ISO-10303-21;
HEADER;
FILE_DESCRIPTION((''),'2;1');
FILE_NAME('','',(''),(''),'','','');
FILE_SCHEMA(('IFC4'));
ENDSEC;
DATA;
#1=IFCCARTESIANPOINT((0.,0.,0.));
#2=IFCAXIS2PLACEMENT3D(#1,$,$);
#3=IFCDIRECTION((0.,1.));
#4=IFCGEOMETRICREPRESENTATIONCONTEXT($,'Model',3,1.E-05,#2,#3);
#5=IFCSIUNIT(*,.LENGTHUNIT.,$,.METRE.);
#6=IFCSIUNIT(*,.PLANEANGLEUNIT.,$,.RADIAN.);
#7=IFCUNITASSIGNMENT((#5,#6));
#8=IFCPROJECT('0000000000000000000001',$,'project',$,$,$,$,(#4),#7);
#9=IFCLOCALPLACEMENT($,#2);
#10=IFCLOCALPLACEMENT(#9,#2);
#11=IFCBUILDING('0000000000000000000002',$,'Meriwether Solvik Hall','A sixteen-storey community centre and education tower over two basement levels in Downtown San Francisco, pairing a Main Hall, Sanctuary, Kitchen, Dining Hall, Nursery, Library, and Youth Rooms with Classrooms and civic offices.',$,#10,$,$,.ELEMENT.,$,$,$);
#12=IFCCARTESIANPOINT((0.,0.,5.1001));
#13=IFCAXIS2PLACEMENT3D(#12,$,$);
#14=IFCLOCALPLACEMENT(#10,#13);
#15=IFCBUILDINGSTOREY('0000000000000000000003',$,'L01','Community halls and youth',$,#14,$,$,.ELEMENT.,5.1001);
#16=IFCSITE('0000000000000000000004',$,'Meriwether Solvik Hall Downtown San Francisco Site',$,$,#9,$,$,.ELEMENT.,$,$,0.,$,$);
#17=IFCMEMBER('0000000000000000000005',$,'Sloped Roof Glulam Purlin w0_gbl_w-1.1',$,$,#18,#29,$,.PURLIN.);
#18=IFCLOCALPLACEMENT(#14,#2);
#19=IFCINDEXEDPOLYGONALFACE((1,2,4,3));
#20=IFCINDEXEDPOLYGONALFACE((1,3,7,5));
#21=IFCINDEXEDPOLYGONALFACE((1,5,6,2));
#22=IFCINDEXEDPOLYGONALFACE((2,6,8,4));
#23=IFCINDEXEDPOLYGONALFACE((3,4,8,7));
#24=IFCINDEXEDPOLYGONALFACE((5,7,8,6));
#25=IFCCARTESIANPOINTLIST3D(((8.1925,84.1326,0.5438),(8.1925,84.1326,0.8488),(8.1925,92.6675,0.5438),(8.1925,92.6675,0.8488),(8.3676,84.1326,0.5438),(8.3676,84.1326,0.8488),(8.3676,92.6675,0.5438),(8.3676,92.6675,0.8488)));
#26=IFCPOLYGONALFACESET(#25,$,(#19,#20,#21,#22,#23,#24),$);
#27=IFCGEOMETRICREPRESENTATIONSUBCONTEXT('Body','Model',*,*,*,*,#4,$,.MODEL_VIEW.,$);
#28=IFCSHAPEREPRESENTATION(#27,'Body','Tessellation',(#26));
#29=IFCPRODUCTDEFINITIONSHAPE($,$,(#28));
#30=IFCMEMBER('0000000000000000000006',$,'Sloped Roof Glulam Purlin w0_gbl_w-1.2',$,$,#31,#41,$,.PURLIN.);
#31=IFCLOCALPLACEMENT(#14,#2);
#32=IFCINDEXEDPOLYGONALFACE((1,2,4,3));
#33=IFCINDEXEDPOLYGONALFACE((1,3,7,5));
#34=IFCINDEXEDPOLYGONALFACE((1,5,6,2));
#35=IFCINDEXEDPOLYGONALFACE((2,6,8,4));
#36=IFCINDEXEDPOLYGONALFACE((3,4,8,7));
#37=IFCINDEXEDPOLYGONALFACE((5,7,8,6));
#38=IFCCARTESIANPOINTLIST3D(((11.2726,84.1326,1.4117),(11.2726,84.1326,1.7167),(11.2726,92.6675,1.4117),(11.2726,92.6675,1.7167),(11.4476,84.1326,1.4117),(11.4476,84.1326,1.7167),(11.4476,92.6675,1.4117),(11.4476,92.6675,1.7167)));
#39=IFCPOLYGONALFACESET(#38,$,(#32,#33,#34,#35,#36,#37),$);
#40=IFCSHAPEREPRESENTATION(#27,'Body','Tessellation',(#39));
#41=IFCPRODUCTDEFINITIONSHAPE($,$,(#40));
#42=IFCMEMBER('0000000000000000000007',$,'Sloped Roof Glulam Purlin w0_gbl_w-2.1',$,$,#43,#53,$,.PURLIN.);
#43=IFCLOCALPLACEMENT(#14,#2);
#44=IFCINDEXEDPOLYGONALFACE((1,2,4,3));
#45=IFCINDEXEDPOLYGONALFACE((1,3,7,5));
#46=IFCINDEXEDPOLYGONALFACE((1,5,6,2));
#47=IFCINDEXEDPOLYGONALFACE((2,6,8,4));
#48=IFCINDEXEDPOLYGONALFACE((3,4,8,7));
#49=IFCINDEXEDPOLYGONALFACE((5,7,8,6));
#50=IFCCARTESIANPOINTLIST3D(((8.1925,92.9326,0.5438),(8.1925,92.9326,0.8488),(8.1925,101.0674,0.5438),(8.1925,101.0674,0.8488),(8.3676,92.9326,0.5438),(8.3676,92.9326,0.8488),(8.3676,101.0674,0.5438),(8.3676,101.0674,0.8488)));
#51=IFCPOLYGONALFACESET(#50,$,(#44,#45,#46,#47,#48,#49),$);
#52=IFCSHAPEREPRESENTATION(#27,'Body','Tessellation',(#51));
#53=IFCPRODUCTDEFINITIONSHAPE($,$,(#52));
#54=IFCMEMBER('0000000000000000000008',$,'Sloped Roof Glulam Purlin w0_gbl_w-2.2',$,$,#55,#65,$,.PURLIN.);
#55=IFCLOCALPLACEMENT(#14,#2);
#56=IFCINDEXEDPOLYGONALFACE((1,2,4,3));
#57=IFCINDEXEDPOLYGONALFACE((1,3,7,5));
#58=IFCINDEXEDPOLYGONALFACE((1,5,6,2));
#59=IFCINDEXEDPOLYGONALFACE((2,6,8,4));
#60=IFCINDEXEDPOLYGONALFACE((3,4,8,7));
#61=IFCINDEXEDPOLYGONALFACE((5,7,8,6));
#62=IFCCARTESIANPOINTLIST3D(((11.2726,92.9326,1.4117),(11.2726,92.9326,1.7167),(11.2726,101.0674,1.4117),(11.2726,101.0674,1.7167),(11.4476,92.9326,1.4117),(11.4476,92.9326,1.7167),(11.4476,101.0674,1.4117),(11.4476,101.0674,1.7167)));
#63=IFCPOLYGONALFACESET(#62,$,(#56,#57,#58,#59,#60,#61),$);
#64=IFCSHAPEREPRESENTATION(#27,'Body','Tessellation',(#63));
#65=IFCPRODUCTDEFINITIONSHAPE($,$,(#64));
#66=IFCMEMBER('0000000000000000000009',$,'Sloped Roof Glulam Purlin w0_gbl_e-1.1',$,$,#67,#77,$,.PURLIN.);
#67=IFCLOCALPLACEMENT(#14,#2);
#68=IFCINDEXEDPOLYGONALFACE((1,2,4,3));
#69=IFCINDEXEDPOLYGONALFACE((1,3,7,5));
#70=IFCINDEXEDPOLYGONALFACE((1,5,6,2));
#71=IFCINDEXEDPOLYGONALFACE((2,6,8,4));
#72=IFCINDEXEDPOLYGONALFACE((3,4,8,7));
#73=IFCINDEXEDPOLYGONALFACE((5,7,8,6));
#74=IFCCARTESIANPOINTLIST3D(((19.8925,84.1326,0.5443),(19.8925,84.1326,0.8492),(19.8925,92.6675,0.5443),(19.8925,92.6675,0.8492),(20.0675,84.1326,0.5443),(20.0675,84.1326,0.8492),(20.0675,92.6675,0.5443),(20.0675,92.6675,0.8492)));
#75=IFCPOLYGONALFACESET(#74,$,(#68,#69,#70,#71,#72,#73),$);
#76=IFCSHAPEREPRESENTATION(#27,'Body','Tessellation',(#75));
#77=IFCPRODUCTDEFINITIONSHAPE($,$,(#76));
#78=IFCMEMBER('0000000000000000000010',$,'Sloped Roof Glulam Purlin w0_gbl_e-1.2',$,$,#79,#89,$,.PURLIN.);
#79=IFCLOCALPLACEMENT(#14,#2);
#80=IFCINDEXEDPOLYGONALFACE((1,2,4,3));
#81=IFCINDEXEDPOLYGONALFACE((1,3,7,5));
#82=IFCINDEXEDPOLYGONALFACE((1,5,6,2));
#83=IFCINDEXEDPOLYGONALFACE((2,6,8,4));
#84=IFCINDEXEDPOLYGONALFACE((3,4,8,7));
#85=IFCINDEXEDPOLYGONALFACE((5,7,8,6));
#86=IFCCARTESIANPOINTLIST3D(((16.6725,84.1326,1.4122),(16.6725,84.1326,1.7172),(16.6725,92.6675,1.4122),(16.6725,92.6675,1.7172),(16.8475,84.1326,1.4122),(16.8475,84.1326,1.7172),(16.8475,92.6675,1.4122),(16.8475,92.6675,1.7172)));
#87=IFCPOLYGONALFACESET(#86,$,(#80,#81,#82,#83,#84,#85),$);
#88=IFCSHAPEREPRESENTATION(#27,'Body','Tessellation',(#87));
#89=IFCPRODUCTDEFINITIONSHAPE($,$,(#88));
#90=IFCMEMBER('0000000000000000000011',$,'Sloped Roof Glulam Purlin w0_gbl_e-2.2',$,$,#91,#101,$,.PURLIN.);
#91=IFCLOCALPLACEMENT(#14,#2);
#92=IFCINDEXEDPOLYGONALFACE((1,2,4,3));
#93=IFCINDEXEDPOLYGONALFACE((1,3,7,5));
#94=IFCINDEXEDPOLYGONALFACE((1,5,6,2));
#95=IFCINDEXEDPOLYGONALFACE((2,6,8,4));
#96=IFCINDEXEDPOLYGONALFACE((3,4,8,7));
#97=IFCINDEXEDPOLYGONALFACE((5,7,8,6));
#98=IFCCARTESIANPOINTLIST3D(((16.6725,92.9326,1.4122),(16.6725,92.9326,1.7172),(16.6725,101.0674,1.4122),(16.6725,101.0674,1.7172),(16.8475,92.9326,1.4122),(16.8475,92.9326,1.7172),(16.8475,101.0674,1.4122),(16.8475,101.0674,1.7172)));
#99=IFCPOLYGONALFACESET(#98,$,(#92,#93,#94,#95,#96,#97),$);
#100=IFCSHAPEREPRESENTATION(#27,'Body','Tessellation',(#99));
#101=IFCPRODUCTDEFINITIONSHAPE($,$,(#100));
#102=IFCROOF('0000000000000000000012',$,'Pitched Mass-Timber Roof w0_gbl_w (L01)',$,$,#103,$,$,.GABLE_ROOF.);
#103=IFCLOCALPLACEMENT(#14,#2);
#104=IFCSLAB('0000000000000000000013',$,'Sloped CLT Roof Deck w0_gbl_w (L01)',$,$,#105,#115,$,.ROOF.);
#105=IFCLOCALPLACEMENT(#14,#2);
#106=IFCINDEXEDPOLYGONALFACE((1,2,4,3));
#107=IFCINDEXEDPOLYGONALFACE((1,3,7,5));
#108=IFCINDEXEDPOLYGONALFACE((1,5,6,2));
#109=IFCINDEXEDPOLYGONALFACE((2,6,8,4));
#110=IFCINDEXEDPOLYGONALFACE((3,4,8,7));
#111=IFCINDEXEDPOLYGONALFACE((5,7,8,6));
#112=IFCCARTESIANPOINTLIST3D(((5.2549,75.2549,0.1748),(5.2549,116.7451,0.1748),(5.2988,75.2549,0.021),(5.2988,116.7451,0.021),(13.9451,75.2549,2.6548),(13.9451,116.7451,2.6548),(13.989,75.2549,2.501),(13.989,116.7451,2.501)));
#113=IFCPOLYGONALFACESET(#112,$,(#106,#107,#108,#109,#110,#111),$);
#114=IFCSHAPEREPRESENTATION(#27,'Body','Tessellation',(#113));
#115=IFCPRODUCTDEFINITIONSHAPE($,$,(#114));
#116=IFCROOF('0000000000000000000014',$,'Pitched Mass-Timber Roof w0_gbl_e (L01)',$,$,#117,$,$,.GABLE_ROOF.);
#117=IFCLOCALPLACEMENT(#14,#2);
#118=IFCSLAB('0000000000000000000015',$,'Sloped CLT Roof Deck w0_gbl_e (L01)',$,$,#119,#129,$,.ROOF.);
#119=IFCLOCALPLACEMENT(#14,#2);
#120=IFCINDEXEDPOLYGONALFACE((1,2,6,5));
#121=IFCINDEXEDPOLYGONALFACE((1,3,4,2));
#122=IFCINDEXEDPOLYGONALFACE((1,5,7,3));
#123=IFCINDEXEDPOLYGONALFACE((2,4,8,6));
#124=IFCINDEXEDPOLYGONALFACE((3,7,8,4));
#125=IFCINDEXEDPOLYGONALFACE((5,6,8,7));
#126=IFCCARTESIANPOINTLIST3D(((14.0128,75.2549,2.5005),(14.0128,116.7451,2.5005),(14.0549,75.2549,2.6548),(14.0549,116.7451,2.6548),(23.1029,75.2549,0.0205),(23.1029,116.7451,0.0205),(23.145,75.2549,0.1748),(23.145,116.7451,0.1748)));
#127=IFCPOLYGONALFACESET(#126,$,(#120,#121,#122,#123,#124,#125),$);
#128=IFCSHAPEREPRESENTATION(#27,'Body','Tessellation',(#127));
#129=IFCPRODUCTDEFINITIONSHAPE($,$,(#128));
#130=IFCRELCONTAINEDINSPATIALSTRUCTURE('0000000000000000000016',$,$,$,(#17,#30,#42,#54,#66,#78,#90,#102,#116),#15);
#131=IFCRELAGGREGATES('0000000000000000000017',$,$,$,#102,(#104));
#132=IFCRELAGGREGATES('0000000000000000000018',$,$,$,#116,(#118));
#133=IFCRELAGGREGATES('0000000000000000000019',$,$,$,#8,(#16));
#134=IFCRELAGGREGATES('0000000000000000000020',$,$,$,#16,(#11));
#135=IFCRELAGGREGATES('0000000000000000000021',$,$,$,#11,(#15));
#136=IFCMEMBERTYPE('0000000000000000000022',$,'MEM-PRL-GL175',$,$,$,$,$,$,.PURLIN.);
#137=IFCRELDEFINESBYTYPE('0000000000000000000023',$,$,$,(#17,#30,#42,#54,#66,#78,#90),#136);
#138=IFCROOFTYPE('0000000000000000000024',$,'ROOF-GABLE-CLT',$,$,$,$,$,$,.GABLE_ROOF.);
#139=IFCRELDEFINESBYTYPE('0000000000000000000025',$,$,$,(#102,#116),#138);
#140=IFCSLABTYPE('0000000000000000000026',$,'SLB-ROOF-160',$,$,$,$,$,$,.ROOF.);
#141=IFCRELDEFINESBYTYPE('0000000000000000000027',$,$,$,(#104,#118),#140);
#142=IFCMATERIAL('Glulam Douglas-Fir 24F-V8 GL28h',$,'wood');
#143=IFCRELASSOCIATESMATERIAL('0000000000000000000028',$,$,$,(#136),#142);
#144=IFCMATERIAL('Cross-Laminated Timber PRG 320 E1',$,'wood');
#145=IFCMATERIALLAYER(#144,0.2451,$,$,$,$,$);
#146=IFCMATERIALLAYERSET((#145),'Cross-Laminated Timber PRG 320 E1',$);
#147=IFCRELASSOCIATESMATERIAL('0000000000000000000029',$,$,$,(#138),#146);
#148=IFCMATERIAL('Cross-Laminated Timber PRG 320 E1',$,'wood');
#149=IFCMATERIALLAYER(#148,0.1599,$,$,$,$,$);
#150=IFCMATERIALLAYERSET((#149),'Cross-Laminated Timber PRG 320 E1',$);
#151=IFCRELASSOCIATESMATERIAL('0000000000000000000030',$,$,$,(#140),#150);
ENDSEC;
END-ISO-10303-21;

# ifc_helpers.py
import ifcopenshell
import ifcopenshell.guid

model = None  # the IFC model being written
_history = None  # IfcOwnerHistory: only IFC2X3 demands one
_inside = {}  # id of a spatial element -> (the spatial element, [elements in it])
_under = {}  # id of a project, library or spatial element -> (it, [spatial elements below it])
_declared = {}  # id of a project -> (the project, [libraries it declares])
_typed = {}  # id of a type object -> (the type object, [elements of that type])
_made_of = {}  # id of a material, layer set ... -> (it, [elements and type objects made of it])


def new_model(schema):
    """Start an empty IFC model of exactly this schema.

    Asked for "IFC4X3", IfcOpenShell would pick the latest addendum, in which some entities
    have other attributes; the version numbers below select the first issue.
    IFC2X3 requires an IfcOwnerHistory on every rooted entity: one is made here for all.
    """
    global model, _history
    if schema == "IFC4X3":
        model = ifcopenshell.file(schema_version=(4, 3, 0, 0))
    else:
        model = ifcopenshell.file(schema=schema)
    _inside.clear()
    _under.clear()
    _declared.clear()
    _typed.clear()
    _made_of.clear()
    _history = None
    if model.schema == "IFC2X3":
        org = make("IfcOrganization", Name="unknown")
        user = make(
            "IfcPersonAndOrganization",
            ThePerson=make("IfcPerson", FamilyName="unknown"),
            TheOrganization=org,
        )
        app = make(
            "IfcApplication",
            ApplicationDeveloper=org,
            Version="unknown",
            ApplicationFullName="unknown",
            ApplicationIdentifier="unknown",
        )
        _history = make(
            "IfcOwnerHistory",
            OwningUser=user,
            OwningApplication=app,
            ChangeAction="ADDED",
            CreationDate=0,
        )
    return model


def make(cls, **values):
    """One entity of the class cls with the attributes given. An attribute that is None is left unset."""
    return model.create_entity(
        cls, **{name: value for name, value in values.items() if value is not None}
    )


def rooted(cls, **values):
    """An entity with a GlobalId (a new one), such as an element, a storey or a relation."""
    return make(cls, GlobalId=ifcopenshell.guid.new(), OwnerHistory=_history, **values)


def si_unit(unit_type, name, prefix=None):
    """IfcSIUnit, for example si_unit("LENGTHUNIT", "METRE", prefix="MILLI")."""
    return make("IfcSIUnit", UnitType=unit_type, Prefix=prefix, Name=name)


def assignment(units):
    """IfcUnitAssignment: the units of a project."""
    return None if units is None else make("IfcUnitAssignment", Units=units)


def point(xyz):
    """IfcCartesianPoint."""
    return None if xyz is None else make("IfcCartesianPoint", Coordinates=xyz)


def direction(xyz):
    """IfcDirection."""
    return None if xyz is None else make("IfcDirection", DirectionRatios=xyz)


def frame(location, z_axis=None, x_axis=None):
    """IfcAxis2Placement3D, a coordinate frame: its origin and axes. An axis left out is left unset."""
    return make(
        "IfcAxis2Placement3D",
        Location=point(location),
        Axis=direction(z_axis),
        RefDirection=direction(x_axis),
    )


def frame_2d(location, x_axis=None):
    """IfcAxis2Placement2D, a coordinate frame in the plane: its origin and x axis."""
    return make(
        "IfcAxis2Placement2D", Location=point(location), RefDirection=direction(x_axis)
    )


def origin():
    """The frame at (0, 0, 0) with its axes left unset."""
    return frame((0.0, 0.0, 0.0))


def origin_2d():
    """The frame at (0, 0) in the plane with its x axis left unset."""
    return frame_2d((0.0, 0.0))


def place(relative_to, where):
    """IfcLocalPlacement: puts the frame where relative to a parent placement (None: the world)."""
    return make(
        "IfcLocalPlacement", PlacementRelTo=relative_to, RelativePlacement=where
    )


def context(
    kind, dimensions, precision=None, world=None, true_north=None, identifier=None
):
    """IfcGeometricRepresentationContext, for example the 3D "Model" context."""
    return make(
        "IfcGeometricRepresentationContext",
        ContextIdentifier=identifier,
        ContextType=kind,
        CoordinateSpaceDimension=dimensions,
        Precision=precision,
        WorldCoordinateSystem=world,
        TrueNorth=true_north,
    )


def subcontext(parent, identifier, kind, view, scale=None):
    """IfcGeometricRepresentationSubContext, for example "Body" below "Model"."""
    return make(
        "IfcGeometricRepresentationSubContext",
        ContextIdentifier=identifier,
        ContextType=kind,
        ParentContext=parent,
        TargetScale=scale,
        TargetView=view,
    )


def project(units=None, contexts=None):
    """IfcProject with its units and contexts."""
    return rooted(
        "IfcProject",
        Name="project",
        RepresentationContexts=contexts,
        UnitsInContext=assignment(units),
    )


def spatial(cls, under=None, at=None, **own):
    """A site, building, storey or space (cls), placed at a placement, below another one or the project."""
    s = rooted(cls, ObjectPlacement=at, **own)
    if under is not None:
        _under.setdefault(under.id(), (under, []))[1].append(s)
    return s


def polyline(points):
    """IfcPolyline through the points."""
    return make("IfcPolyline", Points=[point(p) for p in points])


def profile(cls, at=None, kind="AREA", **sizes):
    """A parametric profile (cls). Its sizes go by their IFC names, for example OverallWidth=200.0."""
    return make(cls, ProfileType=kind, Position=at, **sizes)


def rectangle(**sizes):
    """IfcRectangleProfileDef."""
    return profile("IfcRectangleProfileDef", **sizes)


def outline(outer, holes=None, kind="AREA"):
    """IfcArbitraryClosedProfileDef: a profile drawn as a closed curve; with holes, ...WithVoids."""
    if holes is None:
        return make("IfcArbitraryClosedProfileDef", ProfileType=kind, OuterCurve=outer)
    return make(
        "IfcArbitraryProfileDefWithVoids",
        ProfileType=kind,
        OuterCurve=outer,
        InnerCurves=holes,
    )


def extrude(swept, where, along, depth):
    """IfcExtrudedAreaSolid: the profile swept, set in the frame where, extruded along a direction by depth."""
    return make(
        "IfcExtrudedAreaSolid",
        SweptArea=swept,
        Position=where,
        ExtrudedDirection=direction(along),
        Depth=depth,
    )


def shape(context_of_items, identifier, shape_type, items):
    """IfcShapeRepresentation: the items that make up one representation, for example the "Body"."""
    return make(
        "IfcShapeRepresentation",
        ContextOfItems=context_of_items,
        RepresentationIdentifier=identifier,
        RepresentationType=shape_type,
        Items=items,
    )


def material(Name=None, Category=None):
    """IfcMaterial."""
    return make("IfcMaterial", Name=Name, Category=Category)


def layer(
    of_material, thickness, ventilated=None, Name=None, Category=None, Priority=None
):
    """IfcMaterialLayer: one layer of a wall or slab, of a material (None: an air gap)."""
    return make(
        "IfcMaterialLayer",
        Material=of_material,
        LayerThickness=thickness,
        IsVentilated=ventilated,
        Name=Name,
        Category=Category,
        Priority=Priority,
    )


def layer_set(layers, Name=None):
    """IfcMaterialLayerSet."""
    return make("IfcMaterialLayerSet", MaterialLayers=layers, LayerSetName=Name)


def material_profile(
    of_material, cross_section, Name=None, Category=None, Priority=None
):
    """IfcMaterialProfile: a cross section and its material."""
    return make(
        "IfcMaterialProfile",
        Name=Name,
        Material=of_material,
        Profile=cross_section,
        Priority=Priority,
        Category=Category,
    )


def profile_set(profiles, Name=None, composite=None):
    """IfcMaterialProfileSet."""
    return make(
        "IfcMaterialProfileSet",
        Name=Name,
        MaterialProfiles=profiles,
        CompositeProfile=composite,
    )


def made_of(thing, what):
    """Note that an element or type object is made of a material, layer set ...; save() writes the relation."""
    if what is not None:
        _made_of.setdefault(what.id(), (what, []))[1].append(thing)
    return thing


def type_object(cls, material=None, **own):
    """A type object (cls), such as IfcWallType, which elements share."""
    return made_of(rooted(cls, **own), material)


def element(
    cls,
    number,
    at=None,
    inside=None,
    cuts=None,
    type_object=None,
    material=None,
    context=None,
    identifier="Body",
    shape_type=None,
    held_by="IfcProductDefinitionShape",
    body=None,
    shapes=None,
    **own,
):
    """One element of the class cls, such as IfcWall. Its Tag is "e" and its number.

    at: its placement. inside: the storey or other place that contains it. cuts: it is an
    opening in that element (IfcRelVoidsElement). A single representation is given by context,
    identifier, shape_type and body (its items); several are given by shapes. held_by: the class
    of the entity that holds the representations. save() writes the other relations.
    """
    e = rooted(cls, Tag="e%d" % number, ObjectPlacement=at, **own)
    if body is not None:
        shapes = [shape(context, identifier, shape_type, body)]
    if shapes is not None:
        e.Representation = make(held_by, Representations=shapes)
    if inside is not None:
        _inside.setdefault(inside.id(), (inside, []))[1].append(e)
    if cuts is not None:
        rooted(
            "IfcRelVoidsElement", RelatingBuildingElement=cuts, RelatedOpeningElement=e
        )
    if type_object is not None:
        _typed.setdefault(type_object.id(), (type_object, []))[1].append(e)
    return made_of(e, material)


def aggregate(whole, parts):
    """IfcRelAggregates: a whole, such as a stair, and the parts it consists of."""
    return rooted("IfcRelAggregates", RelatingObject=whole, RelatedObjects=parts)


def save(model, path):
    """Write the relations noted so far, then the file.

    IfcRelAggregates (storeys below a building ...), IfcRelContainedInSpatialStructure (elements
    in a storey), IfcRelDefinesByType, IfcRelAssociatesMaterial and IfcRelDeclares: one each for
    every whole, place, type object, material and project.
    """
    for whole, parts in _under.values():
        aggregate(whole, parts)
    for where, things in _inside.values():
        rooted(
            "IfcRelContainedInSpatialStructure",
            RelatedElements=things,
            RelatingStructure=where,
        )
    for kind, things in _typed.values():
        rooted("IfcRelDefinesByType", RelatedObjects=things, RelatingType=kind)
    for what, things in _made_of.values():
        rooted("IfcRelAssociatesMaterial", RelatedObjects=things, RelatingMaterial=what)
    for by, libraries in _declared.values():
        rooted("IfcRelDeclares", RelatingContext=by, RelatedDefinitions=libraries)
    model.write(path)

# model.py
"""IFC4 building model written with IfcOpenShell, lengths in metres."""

from ifc_helpers import new_model, si_unit, direction, frame, origin, origin_2d, place, context, subcontext, project, spatial, polyline, rectangle, outline, extrude, material, layer, layer_set, material_profile, profile_set, type_object, element, aggregate, save


model = new_model("IFC4")

# Units and contexts
model_context = context("Model", 3, precision=1e-05, world=origin(), true_north=direction((0.0, 1.0)))
body_context = subcontext(model_context, "Body", "Model", "MODEL_VIEW")
ifc_project = project(units=[si_unit("LENGTHUNIT", "METRE"), si_unit("PLANEANGLEUNIT", "RADIAN")], contexts=[model_context])

# Site, building, storey
site_placement = place(None, origin())
site = spatial("IfcSite", under=ifc_project, at=site_placement, Name="Meriwether Solvik Hall Downtown San Francisco Site", CompositionType="ELEMENT", RefElevation=0.0)
building_placement = place(site_placement, origin())
building = spatial("IfcBuilding", under=site, at=building_placement, Name="Meriwether Solvik Hall", Description="A sixteen-storey community centre and education tower over two basement levels in Downtown San Francisco, pairing a Main Hall, Sanctuary, Kitchen, Dining Hall, Nursery, Library, and Youth Rooms with Classrooms and civic offices.", CompositionType="ELEMENT")
storey_placement = place(building_placement, frame((0.0, 0.0, 5.1001)))
storey = spatial("IfcBuildingStorey", under=building, at=storey_placement, Name="L01", Description="Community halls and youth", CompositionType="ELEMENT", Elevation=5.1001)

# Members
ifc_material_1 = material(Name="Glulam Douglas-Fir 24F-V8 GL28h", Category="wood")
ifc_material_profile_1 = material_profile(ifc_material_1, rectangle(XDim=0.175, YDim=0.3049, at=origin_2d()), Name="GLM-175X305")
ifc_profile_set_1 = profile_set([ifc_material_profile_1], Name="Glulam Douglas-Fir 24F-V8 GL28h")
member_type_1 = type_object("IfcMemberType", Name="MEM-PRL-GL175", PredefinedType="PURLIN", material=ifc_profile_set_1)
for number, where, z_axis, x_axis, name in (
    (1, (8.28, 84.1326, 0.6963), (0.0, 1.0, 0.0), (-1.0, 0.0, 0.0), "Sloped Roof Glulam Purlin w0_gbl_w-1.1"),
    (2, (11.3601, 84.1326, 1.5642), (0.0, 1.0, 0.0), (-1.0, 0.0, 0.0), "Sloped Roof Glulam Purlin w0_gbl_w-1.2"),
):
    element("IfcMember", number, at=place(storey_placement, frame(where, z_axis=z_axis, x_axis=x_axis)), inside=storey, type_object=member_type_1, Name=name, PredefinedType="PURLIN", context=body_context, shape_type="SweptSolid", body=[
        extrude(rectangle(XDim=0.175, YDim=0.3049, at=origin_2d()), origin(), (0.0, 0.0, 1.0), 8.5349),
    ])
for number, where, z_axis, x_axis, name in (
    (3, (8.28, 92.9326, 0.6963), (0.0, 1.0, 0.0), (-1.0, 0.0, 0.0), "Sloped Roof Glulam Purlin w0_gbl_w-2.1"),
    (4, (11.3601, 92.9326, 1.5642), (0.0, 1.0, 0.0), (-1.0, 0.0, 0.0), "Sloped Roof Glulam Purlin w0_gbl_w-2.2"),
):
    element("IfcMember", number, at=place(storey_placement, frame(where, z_axis=z_axis, x_axis=x_axis)), inside=storey, type_object=member_type_1, Name=name, PredefinedType="PURLIN", context=body_context, shape_type="SweptSolid", body=[
        extrude(rectangle(XDim=0.175, YDim=0.3049, at=origin_2d()), origin(), (0.0, 0.0, 1.0), 8.1348),
    ])
for number, where, z_axis, x_axis, name in (
    (5, (19.98, 84.1326, 0.6968), (0.0, 1.0, 0.0), (-1.0, 0.0, 0.0), "Sloped Roof Glulam Purlin w0_gbl_e-1.1"),
    (6, (16.76, 84.1326, 1.5647), (0.0, 1.0, 0.0), (-1.0, 0.0, 0.0), "Sloped Roof Glulam Purlin w0_gbl_e-1.2"),
):
    element("IfcMember", number, at=place(storey_placement, frame(where, z_axis=z_axis, x_axis=x_axis)), inside=storey, type_object=member_type_1, Name=name, PredefinedType="PURLIN", context=body_context, shape_type="SweptSolid", body=[
        extrude(rectangle(XDim=0.175, YDim=0.3049, at=origin_2d()), origin(), (0.0, 0.0, 1.0), 8.5349),
    ])
member_1_placement = place(storey_placement, frame((16.76, 92.9326, 1.5647), z_axis=(0.0, 1.0, 0.0), x_axis=(-1.0, 0.0, 0.0)))
element("IfcMember", 7, at=member_1_placement, inside=storey, type_object=member_type_1, Name="Sloped Roof Glulam Purlin w0_gbl_e-2.2", PredefinedType="PURLIN", context=body_context, shape_type="SweptSolid", body=[
    extrude(rectangle(XDim=0.175, YDim=0.3049, at=origin_2d()), origin(), (0.0, 0.0, 1.0), 8.1348),
])

# Roofs, slabs
ifc_material_2 = material(Name="Cross-Laminated Timber PRG 320 E1", Category="wood")
ifc_layer_1 = layer(ifc_material_2, 0.2451)
ifc_layer_set_1 = layer_set([ifc_layer_1], Name="Cross-Laminated Timber PRG 320 E1")
roof_type = type_object("IfcRoofType", Name="ROOF-GABLE-CLT", PredefinedType="GABLE_ROOF", material=ifc_layer_set_1)
roof_1_placement = place(storey_placement, origin())
roof_1 = element("IfcRoof", 8, at=roof_1_placement, inside=storey, type_object=roof_type, Name="Pitched Mass-Timber Roof w0_gbl_w (L01)", PredefinedType="GABLE_ROOF")
ifc_material_3 = material(Name="Cross-Laminated Timber PRG 320 E1", Category="wood")
ifc_layer_2 = layer(ifc_material_3, 0.1599)
ifc_layer_set_2 = layer_set([ifc_layer_2], Name="Cross-Laminated Timber PRG 320 E1")
slab_type = type_object("IfcSlabType", Name="SLB-ROOF-160", PredefinedType="ROOF", material=ifc_layer_set_2)
slab_1_placement = place(storey_placement, frame((5.2549, 75.2549, 0.1748), z_axis=(-0.274421, 0.0, 0.96161), x_axis=(0.96161, 0.0, 0.274421)))
slab_1 = element("IfcSlab", 9, at=slab_1_placement, type_object=slab_type, Name="Sloped CLT Roof Deck w0_gbl_w (L01)", PredefinedType="ROOF", context=body_context, shape_type="SweptSolid", body=[
    extrude(outline(polyline([(0.0, 0.0), (9.0371, 0.0), (9.0371, 41.4902), (0.0, 41.4902), (0.0, 0.0)])), origin(), (0.0, 0.0, -1.0), 0.1599),
])
aggregate(roof_1, [slab_1])
roof_2_placement = place(storey_placement, origin())
roof_2 = element("IfcRoof", 10, at=roof_2_placement, inside=storey, type_object=roof_type, Name="Pitched Mass-Timber Roof w0_gbl_e (L01)", PredefinedType="GABLE_ROOF")
slab_2_placement = place(storey_placement, frame((14.0549, 75.2549, 2.6548), z_axis=(0.263203, 0.0, 0.96474), x_axis=(0.96474, 0.0, -0.263203)))
slab_2 = element("IfcSlab", 11, at=slab_2_placement, type_object=slab_type, Name="Sloped CLT Roof Deck w0_gbl_e (L01)", PredefinedType="ROOF", context=body_context, shape_type="SweptSolid", body=[
    extrude(outline(polyline([(0.0, 0.0), (9.4223, 0.0), (9.4223, 41.4902), (0.0, 41.4902), (0.0, 0.0)])), origin(), (0.0, 0.0, -1.0), 0.1599),
])
aggregate(roof_2, [slab_2])

save(model, "model.ifc")
